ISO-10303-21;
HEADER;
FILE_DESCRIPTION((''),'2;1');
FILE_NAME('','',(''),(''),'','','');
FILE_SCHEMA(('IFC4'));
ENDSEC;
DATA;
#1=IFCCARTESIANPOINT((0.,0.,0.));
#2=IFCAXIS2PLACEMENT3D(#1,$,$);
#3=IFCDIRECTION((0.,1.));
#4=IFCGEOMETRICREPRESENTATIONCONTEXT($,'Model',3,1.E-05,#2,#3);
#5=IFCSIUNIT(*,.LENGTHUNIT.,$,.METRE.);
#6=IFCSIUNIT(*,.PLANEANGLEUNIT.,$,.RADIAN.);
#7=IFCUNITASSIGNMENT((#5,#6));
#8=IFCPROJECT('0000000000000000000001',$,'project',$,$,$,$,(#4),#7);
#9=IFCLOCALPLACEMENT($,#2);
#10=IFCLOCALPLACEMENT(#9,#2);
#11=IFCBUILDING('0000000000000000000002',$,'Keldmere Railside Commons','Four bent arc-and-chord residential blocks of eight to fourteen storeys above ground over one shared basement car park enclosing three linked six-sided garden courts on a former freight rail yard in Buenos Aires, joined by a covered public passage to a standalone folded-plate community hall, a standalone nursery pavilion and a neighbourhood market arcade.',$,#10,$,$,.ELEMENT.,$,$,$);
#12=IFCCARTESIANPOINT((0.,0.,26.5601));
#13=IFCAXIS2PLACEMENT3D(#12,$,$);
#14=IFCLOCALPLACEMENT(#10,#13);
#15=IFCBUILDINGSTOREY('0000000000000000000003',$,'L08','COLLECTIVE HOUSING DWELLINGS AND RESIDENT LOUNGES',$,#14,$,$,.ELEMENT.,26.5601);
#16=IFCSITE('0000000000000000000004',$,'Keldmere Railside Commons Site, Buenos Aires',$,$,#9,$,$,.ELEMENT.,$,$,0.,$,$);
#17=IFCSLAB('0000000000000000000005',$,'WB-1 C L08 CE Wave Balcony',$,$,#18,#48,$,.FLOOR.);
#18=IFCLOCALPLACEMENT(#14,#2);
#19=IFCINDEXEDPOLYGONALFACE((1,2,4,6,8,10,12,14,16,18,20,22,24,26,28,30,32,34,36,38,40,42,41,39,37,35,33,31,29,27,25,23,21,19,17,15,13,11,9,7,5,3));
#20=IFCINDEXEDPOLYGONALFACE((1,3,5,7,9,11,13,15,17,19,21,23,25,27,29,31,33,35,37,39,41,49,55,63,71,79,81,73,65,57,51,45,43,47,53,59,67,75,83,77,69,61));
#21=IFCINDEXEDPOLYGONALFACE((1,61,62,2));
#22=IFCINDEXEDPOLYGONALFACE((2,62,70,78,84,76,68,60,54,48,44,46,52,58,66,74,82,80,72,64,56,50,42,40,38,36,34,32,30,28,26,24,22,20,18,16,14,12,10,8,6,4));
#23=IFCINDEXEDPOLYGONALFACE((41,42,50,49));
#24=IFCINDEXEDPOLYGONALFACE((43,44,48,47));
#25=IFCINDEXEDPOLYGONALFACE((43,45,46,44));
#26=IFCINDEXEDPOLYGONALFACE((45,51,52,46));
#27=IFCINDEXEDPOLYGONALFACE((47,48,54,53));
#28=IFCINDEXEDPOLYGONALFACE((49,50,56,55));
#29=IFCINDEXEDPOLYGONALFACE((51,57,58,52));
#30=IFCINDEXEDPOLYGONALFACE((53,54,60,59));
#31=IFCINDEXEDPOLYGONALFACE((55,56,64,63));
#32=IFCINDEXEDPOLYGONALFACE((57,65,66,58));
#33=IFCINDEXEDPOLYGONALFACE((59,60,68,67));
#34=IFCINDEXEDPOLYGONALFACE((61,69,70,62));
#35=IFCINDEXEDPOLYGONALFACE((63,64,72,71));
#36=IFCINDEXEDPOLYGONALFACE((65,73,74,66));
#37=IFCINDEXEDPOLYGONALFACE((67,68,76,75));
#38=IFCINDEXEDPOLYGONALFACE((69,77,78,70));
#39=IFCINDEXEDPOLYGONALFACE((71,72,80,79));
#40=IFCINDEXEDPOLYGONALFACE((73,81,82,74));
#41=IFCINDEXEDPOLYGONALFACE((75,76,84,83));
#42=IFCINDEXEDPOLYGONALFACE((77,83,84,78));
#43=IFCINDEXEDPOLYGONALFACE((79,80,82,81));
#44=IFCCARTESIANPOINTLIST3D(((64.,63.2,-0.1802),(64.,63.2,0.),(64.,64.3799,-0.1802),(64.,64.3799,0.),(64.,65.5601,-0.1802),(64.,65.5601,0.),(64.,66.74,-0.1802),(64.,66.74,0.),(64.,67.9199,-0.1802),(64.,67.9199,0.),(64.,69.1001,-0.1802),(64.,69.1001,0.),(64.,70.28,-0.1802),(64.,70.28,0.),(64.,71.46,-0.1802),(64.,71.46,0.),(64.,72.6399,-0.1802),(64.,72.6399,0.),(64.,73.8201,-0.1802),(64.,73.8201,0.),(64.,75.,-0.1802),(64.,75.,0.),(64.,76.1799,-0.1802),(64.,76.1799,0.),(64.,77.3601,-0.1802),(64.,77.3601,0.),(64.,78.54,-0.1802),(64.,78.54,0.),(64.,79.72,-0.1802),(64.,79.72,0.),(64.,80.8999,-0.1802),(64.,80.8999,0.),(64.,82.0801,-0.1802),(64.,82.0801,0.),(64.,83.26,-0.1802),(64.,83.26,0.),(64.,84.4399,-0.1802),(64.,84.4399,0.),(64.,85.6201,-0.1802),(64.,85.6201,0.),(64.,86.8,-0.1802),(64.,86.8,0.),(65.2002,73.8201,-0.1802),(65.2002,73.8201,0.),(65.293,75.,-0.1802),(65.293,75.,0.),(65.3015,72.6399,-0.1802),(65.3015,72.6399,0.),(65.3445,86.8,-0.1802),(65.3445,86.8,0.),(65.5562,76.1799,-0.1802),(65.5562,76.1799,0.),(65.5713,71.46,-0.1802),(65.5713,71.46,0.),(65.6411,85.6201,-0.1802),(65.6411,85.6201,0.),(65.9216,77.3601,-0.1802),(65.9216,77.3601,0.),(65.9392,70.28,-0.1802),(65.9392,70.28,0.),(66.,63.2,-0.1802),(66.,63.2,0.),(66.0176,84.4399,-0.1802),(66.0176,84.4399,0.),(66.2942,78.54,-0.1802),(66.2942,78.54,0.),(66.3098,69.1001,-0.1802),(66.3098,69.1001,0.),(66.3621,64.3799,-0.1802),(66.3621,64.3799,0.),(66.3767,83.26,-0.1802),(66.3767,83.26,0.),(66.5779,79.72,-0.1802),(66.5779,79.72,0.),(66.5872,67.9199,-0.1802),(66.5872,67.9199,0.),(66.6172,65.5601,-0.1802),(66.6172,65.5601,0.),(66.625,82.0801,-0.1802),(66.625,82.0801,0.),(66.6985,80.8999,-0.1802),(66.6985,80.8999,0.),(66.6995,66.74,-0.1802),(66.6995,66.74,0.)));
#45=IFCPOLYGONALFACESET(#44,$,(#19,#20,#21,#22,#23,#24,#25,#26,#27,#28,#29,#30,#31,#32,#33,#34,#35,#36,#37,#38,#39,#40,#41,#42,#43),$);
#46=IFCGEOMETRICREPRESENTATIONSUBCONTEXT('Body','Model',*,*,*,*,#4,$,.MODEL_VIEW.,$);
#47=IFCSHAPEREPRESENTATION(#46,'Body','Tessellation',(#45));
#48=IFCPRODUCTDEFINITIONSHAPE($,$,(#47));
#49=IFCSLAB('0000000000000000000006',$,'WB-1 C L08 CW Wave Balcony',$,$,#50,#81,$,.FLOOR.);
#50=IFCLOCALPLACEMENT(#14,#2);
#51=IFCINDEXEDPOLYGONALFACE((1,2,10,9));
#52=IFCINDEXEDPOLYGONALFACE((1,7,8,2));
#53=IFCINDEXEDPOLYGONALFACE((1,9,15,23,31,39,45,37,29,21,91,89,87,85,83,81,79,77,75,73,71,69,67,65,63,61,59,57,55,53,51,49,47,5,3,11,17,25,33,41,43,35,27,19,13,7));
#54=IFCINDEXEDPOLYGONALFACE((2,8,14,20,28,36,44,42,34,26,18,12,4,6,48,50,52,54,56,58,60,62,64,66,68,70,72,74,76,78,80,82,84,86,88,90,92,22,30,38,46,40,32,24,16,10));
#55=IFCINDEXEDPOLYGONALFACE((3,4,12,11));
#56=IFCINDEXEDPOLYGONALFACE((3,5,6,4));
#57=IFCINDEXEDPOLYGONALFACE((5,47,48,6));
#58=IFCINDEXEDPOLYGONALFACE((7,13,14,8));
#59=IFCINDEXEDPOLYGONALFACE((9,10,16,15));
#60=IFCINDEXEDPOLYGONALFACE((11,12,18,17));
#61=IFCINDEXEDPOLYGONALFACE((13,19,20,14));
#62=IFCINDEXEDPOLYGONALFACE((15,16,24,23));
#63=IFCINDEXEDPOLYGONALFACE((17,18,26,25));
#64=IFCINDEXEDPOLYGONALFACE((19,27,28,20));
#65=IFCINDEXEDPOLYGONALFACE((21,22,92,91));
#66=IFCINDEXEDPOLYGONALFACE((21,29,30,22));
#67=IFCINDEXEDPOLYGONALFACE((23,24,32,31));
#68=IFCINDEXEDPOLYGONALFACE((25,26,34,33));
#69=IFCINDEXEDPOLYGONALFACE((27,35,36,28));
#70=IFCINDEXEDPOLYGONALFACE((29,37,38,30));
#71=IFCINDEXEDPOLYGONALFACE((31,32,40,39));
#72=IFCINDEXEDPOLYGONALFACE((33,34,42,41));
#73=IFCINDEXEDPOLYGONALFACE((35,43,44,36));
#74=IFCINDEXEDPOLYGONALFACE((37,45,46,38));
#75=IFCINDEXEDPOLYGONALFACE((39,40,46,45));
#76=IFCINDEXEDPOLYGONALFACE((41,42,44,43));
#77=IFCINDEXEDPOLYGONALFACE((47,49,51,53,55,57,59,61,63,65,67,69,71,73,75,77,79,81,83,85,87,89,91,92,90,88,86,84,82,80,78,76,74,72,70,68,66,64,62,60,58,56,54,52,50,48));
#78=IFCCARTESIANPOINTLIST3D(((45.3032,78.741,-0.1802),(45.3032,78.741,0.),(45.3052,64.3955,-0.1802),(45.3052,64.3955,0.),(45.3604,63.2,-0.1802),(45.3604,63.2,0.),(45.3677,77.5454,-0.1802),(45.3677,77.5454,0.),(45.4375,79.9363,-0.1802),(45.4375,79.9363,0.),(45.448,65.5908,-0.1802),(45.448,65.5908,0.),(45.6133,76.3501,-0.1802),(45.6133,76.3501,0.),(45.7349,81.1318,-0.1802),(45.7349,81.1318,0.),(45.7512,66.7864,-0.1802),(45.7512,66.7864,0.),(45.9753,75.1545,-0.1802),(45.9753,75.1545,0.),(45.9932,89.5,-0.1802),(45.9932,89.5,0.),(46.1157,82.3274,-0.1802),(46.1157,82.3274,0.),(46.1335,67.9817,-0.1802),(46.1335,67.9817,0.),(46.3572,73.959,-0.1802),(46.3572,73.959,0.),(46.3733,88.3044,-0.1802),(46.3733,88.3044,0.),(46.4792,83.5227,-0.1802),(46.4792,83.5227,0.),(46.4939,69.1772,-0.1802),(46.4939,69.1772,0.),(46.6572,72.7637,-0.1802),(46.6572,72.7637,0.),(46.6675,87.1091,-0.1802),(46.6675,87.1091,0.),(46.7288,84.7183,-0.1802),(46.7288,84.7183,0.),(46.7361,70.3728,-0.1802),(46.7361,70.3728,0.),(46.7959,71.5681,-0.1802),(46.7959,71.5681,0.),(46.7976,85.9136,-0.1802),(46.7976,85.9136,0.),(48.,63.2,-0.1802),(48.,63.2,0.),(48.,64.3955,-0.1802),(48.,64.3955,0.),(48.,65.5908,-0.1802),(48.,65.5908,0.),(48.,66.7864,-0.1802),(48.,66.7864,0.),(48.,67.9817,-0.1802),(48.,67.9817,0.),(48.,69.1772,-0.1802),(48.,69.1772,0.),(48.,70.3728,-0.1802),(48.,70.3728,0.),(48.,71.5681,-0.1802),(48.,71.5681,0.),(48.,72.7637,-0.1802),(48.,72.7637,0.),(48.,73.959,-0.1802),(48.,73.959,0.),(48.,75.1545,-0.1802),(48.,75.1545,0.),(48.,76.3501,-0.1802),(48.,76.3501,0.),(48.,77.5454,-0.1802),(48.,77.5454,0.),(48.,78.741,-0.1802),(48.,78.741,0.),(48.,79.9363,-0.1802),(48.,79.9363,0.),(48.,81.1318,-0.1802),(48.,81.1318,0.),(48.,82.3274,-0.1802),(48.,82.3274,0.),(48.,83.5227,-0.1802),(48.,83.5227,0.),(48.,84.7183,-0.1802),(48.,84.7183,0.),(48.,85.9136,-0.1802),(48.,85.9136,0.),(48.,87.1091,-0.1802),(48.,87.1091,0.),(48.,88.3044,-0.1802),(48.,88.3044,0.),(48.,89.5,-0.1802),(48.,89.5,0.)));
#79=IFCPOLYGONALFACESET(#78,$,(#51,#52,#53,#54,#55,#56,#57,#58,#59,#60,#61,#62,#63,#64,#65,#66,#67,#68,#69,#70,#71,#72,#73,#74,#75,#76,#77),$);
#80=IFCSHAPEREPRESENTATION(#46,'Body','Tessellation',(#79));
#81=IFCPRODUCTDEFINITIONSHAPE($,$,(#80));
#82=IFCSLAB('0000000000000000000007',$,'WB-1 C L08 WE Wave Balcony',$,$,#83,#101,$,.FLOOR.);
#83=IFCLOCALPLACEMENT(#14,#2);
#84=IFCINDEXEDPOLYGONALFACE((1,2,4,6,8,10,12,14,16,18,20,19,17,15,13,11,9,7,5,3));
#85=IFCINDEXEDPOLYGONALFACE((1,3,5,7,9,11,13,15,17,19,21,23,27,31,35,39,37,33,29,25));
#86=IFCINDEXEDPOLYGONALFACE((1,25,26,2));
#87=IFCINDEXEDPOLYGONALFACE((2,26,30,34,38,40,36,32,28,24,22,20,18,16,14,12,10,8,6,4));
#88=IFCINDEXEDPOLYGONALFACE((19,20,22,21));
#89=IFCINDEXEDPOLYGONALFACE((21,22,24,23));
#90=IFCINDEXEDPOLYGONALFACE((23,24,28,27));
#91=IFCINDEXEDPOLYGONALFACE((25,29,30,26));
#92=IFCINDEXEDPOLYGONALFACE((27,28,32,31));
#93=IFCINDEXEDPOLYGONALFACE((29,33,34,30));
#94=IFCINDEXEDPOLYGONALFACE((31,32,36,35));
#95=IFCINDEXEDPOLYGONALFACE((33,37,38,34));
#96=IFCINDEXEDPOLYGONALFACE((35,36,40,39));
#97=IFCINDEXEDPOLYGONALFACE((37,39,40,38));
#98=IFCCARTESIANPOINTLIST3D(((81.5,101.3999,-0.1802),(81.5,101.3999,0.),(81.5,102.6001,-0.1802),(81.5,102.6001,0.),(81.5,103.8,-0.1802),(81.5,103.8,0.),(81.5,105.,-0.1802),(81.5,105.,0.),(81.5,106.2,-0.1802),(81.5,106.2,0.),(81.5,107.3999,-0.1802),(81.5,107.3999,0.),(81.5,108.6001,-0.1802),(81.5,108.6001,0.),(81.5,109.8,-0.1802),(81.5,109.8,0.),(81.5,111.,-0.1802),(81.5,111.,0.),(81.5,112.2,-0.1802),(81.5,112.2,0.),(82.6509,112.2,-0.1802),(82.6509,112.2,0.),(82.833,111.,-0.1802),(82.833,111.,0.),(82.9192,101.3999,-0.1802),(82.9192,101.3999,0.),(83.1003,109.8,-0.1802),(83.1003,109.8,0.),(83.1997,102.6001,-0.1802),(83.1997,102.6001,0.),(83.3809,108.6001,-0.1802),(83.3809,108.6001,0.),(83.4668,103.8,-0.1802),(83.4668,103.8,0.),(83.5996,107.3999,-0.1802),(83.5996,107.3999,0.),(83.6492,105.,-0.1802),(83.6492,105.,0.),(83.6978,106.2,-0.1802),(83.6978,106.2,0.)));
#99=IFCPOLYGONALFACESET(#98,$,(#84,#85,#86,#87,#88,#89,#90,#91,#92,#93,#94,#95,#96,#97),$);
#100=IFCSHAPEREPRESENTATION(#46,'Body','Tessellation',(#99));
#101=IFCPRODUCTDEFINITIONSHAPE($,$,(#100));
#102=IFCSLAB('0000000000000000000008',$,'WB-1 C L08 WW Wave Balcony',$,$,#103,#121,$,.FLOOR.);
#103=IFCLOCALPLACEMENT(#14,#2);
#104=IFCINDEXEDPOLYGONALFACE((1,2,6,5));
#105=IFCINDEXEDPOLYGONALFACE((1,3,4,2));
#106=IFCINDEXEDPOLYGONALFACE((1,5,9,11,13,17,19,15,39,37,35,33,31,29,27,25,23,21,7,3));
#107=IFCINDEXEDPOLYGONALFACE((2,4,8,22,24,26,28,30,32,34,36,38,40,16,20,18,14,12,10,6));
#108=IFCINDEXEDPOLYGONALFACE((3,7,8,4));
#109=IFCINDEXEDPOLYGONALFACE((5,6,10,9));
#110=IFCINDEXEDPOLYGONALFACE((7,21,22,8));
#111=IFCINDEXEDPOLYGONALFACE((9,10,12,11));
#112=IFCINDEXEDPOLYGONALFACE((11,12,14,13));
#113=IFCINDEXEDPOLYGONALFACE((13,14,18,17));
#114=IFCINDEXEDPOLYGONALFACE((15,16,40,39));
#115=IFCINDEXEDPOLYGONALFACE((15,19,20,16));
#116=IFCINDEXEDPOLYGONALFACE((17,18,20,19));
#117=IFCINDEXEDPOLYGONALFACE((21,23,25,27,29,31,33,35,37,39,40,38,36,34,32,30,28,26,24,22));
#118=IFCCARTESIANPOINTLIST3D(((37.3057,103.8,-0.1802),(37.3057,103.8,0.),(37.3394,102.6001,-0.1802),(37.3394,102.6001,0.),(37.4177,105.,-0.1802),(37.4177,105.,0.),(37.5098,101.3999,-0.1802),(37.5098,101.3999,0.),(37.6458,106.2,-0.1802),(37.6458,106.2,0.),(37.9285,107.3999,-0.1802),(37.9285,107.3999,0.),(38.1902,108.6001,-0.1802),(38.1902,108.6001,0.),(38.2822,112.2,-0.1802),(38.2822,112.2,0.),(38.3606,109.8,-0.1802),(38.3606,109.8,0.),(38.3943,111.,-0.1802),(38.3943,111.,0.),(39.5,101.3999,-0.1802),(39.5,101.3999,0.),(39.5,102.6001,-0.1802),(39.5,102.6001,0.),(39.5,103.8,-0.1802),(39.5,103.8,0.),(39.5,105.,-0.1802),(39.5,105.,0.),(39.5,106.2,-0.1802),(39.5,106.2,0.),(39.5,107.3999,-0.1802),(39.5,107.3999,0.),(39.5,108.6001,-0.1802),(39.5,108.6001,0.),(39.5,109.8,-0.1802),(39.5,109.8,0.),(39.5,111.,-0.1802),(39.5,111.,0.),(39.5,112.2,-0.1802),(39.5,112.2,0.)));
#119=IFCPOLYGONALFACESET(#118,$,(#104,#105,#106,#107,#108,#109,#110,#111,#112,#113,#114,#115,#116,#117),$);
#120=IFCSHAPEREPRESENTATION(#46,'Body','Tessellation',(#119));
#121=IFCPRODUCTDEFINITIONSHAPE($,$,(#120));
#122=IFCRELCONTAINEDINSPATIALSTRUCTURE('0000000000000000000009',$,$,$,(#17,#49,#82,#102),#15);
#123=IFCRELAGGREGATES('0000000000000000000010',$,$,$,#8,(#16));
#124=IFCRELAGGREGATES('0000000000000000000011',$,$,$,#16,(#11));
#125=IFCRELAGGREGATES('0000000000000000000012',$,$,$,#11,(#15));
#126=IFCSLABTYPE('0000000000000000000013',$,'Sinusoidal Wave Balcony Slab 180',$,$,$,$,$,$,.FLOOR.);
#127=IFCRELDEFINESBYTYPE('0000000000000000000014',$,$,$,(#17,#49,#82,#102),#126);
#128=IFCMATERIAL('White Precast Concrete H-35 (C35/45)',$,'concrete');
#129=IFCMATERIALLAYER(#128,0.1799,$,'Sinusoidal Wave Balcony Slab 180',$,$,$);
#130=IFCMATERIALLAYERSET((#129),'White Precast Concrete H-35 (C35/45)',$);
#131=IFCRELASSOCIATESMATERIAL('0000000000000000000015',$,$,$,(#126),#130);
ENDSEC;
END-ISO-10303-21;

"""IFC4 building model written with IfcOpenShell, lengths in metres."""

from ifc_helpers import new_model, si_unit, direction, frame, origin, place, context, subcontext, project, spatial, polyline, outline, extrude, material, layer, layer_set, type_object, element, save


model = new_model("IFC4")

# Units and contexts
model_context = context("Model", 3, precision=1e-05, world=origin(), true_north=direction((0.0, 1.0)))
body_context = subcontext(model_context, "Body", "Model", "MODEL_VIEW")
ifc_project = project(units=[si_unit("LENGTHUNIT", "METRE"), si_unit("PLANEANGLEUNIT", "RADIAN")], contexts=[model_context])

# Site, building, storey
site_placement = place(None, origin())
site = spatial("IfcSite", under=ifc_project, at=site_placement, Name="Keldmere Railside Commons Site, Buenos Aires", CompositionType="ELEMENT", RefElevation=0.0)
building_placement = place(site_placement, origin())
building = spatial("IfcBuilding", under=site, at=building_placement, Name="Keldmere Railside Commons", Description="Four bent arc-and-chord residential blocks of eight to fourteen storeys above ground over one shared basement car park enclosing three linked six-sided garden courts on a former freight rail yard in Buenos Aires, joined by a covered public passage to a standalone folded-plate community hall, a standalone nursery pavilion and a neighbourhood market arcade.", CompositionType="ELEMENT")
storey_placement = place(building_placement, frame((0.0, 0.0, 26.5601)))
storey = spatial("IfcBuildingStorey", under=building, at=storey_placement, Name="L08", Description="COLLECTIVE HOUSING DWELLINGS AND RESIDENT LOUNGES", CompositionType="ELEMENT", Elevation=26.5601)

# Slabs
ifc_material_1 = material(Name="White Precast Concrete H-35 (C35/45)", Category="concrete")
ifc_layer_1 = layer(ifc_material_1, 0.1799, Name="Sinusoidal Wave Balcony Slab 180")
ifc_layer_set_1 = layer_set([ifc_layer_1], Name="White Precast Concrete H-35 (C35/45)")
slab_type_1 = type_object("IfcSlabType", Name="Sinusoidal Wave Balcony Slab 180", PredefinedType="FLOOR", material=ifc_layer_set_1)
slab_1_placement = place(storey_placement, frame((0.0, 0.0, -0.1802)))
element("IfcSlab", 1, at=slab_1_placement, inside=storey, type_object=slab_type_1, Name="WB-1 C L08 CE Wave Balcony", PredefinedType="FLOOR", context=body_context, shape_type="SweptSolid", body=[
    extrude(outline(polyline([(66.0, 63.2), (66.3621, 64.3799), (66.6172, 65.5601), (66.6995, 66.74), (66.5872, 67.9199), (66.3098, 69.1001), (65.9392, 70.28), (65.5713, 71.46), (65.3015, 72.6399), (65.2002, 73.8201), (65.293, 75.0), (65.5562, 76.1799), (65.9216, 77.3601), (66.2942, 78.54), (66.5779, 79.72), (66.6985, 80.8999), (66.625, 82.0801), (66.3767, 83.26), (66.0176, 84.4399), (65.6411, 85.6201), (65.3445, 86.8), (64.0, 86.8), (64.0, 85.6201), (64.0, 84.4399), (64.0, 83.26), (64.0, 82.0801), (64.0, 80.8999), (64.0, 79.72), (64.0, 78.54), (64.0, 77.3601), (64.0, 76.1799), (64.0, 75.0), (64.0, 73.8201), (64.0, 72.6399), (64.0, 71.46), (64.0, 70.28), (64.0, 69.1001), (64.0, 67.9199), (64.0, 66.74), (64.0, 65.5601), (64.0, 64.3799), (64.0, 63.2), (66.0, 63.2)])), origin(), (0.0, 0.0, 1.0), 0.1802),
])
slab_2_placement = place(storey_placement, frame((0.0, 0.0, -0.1802)))
element("IfcSlab", 2, at=slab_2_placement, inside=storey, type_object=slab_type_1, Name="WB-1 C L08 CW Wave Balcony", PredefinedType="FLOOR", context=body_context, shape_type="SweptSolid", body=[
    extrude(outline(polyline([(48.0, 63.2), (48.0, 64.3955), (48.0, 65.5908), (48.0, 66.7864), (48.0, 67.9817), (48.0, 69.1772), (48.0, 70.3728), (48.0, 71.5681), (48.0, 72.7637), (48.0, 73.959), (48.0, 75.1545), (48.0, 76.3501), (48.0, 77.5454), (48.0, 78.741), (48.0, 79.9363), (48.0, 81.1318), (48.0, 82.3274), (48.0, 83.5227), (48.0, 84.7183), (48.0, 85.9136), (48.0, 87.1091), (48.0, 88.3044), (48.0, 89.5), (45.9932, 89.5), (46.3733, 88.3044), (46.6675, 87.1091), (46.7976, 85.9136), (46.7288, 84.7183), (46.4792, 83.5227), (46.1157, 82.3274), (45.7349, 81.1318), (45.4375, 79.9363), (45.3032, 78.741), (45.3677, 77.5454), (45.6133, 76.3501), (45.9753, 75.1545), (46.3572, 73.959), (46.6572, 72.7637), (46.7959, 71.5681), (46.7361, 70.3728), (46.4939, 69.1772), (46.1335, 67.9817), (45.7512, 66.7864), (45.448, 65.5908), (45.3052, 64.3955), (45.3604, 63.2), (48.0, 63.2)])), origin(), (0.0, 0.0, 1.0), 0.1802),
])
slab_3_placement = place(storey_placement, frame((0.0, 0.0, -0.1802)))
element("IfcSlab", 3, at=slab_3_placement, inside=storey, type_object=slab_type_1, Name="WB-1 C L08 WE Wave Balcony", PredefinedType="FLOOR", context=body_context, shape_type="SweptSolid", body=[
    extrude(outline(polyline([(82.9192, 101.3999), (83.1997, 102.6001), (83.4668, 103.8), (83.6492, 105.0), (83.6978, 106.2), (83.5996, 107.3999), (83.3809, 108.6001), (83.1003, 109.8), (82.833, 111.0), (82.6509, 112.2), (81.5, 112.2), (81.5, 111.0), (81.5, 109.8), (81.5, 108.6001), (81.5, 107.3999), (81.5, 106.2), (81.5, 105.0), (81.5, 103.8), (81.5, 102.6001), (81.5, 101.3999), (82.9192, 101.3999)])), origin(), (0.0, 0.0, 1.0), 0.1802),
])
slab_4_placement = place(storey_placement, frame((0.0, 0.0, -0.1802)))
element("IfcSlab", 4, at=slab_4_placement, inside=storey, type_object=slab_type_1, Name="WB-1 C L08 WW Wave Balcony", PredefinedType="FLOOR", context=body_context, shape_type="SweptSolid", body=[
    extrude(outline(polyline([(39.5, 101.3999), (39.5, 102.6001), (39.5, 103.8), (39.5, 105.0), (39.5, 106.2), (39.5, 107.3999), (39.5, 108.6001), (39.5, 109.8), (39.5, 111.0), (39.5, 112.2), (38.2822, 112.2), (38.3943, 111.0), (38.3606, 109.8), (38.1902, 108.6001), (37.9285, 107.3999), (37.6458, 106.2), (37.4177, 105.0), (37.3057, 103.8), (37.3394, 102.6001), (37.5098, 101.3999), (39.5, 101.3999)])), origin(), (0.0, 0.0, 1.0), 0.1802),
])

save(model, "model.ifc")
